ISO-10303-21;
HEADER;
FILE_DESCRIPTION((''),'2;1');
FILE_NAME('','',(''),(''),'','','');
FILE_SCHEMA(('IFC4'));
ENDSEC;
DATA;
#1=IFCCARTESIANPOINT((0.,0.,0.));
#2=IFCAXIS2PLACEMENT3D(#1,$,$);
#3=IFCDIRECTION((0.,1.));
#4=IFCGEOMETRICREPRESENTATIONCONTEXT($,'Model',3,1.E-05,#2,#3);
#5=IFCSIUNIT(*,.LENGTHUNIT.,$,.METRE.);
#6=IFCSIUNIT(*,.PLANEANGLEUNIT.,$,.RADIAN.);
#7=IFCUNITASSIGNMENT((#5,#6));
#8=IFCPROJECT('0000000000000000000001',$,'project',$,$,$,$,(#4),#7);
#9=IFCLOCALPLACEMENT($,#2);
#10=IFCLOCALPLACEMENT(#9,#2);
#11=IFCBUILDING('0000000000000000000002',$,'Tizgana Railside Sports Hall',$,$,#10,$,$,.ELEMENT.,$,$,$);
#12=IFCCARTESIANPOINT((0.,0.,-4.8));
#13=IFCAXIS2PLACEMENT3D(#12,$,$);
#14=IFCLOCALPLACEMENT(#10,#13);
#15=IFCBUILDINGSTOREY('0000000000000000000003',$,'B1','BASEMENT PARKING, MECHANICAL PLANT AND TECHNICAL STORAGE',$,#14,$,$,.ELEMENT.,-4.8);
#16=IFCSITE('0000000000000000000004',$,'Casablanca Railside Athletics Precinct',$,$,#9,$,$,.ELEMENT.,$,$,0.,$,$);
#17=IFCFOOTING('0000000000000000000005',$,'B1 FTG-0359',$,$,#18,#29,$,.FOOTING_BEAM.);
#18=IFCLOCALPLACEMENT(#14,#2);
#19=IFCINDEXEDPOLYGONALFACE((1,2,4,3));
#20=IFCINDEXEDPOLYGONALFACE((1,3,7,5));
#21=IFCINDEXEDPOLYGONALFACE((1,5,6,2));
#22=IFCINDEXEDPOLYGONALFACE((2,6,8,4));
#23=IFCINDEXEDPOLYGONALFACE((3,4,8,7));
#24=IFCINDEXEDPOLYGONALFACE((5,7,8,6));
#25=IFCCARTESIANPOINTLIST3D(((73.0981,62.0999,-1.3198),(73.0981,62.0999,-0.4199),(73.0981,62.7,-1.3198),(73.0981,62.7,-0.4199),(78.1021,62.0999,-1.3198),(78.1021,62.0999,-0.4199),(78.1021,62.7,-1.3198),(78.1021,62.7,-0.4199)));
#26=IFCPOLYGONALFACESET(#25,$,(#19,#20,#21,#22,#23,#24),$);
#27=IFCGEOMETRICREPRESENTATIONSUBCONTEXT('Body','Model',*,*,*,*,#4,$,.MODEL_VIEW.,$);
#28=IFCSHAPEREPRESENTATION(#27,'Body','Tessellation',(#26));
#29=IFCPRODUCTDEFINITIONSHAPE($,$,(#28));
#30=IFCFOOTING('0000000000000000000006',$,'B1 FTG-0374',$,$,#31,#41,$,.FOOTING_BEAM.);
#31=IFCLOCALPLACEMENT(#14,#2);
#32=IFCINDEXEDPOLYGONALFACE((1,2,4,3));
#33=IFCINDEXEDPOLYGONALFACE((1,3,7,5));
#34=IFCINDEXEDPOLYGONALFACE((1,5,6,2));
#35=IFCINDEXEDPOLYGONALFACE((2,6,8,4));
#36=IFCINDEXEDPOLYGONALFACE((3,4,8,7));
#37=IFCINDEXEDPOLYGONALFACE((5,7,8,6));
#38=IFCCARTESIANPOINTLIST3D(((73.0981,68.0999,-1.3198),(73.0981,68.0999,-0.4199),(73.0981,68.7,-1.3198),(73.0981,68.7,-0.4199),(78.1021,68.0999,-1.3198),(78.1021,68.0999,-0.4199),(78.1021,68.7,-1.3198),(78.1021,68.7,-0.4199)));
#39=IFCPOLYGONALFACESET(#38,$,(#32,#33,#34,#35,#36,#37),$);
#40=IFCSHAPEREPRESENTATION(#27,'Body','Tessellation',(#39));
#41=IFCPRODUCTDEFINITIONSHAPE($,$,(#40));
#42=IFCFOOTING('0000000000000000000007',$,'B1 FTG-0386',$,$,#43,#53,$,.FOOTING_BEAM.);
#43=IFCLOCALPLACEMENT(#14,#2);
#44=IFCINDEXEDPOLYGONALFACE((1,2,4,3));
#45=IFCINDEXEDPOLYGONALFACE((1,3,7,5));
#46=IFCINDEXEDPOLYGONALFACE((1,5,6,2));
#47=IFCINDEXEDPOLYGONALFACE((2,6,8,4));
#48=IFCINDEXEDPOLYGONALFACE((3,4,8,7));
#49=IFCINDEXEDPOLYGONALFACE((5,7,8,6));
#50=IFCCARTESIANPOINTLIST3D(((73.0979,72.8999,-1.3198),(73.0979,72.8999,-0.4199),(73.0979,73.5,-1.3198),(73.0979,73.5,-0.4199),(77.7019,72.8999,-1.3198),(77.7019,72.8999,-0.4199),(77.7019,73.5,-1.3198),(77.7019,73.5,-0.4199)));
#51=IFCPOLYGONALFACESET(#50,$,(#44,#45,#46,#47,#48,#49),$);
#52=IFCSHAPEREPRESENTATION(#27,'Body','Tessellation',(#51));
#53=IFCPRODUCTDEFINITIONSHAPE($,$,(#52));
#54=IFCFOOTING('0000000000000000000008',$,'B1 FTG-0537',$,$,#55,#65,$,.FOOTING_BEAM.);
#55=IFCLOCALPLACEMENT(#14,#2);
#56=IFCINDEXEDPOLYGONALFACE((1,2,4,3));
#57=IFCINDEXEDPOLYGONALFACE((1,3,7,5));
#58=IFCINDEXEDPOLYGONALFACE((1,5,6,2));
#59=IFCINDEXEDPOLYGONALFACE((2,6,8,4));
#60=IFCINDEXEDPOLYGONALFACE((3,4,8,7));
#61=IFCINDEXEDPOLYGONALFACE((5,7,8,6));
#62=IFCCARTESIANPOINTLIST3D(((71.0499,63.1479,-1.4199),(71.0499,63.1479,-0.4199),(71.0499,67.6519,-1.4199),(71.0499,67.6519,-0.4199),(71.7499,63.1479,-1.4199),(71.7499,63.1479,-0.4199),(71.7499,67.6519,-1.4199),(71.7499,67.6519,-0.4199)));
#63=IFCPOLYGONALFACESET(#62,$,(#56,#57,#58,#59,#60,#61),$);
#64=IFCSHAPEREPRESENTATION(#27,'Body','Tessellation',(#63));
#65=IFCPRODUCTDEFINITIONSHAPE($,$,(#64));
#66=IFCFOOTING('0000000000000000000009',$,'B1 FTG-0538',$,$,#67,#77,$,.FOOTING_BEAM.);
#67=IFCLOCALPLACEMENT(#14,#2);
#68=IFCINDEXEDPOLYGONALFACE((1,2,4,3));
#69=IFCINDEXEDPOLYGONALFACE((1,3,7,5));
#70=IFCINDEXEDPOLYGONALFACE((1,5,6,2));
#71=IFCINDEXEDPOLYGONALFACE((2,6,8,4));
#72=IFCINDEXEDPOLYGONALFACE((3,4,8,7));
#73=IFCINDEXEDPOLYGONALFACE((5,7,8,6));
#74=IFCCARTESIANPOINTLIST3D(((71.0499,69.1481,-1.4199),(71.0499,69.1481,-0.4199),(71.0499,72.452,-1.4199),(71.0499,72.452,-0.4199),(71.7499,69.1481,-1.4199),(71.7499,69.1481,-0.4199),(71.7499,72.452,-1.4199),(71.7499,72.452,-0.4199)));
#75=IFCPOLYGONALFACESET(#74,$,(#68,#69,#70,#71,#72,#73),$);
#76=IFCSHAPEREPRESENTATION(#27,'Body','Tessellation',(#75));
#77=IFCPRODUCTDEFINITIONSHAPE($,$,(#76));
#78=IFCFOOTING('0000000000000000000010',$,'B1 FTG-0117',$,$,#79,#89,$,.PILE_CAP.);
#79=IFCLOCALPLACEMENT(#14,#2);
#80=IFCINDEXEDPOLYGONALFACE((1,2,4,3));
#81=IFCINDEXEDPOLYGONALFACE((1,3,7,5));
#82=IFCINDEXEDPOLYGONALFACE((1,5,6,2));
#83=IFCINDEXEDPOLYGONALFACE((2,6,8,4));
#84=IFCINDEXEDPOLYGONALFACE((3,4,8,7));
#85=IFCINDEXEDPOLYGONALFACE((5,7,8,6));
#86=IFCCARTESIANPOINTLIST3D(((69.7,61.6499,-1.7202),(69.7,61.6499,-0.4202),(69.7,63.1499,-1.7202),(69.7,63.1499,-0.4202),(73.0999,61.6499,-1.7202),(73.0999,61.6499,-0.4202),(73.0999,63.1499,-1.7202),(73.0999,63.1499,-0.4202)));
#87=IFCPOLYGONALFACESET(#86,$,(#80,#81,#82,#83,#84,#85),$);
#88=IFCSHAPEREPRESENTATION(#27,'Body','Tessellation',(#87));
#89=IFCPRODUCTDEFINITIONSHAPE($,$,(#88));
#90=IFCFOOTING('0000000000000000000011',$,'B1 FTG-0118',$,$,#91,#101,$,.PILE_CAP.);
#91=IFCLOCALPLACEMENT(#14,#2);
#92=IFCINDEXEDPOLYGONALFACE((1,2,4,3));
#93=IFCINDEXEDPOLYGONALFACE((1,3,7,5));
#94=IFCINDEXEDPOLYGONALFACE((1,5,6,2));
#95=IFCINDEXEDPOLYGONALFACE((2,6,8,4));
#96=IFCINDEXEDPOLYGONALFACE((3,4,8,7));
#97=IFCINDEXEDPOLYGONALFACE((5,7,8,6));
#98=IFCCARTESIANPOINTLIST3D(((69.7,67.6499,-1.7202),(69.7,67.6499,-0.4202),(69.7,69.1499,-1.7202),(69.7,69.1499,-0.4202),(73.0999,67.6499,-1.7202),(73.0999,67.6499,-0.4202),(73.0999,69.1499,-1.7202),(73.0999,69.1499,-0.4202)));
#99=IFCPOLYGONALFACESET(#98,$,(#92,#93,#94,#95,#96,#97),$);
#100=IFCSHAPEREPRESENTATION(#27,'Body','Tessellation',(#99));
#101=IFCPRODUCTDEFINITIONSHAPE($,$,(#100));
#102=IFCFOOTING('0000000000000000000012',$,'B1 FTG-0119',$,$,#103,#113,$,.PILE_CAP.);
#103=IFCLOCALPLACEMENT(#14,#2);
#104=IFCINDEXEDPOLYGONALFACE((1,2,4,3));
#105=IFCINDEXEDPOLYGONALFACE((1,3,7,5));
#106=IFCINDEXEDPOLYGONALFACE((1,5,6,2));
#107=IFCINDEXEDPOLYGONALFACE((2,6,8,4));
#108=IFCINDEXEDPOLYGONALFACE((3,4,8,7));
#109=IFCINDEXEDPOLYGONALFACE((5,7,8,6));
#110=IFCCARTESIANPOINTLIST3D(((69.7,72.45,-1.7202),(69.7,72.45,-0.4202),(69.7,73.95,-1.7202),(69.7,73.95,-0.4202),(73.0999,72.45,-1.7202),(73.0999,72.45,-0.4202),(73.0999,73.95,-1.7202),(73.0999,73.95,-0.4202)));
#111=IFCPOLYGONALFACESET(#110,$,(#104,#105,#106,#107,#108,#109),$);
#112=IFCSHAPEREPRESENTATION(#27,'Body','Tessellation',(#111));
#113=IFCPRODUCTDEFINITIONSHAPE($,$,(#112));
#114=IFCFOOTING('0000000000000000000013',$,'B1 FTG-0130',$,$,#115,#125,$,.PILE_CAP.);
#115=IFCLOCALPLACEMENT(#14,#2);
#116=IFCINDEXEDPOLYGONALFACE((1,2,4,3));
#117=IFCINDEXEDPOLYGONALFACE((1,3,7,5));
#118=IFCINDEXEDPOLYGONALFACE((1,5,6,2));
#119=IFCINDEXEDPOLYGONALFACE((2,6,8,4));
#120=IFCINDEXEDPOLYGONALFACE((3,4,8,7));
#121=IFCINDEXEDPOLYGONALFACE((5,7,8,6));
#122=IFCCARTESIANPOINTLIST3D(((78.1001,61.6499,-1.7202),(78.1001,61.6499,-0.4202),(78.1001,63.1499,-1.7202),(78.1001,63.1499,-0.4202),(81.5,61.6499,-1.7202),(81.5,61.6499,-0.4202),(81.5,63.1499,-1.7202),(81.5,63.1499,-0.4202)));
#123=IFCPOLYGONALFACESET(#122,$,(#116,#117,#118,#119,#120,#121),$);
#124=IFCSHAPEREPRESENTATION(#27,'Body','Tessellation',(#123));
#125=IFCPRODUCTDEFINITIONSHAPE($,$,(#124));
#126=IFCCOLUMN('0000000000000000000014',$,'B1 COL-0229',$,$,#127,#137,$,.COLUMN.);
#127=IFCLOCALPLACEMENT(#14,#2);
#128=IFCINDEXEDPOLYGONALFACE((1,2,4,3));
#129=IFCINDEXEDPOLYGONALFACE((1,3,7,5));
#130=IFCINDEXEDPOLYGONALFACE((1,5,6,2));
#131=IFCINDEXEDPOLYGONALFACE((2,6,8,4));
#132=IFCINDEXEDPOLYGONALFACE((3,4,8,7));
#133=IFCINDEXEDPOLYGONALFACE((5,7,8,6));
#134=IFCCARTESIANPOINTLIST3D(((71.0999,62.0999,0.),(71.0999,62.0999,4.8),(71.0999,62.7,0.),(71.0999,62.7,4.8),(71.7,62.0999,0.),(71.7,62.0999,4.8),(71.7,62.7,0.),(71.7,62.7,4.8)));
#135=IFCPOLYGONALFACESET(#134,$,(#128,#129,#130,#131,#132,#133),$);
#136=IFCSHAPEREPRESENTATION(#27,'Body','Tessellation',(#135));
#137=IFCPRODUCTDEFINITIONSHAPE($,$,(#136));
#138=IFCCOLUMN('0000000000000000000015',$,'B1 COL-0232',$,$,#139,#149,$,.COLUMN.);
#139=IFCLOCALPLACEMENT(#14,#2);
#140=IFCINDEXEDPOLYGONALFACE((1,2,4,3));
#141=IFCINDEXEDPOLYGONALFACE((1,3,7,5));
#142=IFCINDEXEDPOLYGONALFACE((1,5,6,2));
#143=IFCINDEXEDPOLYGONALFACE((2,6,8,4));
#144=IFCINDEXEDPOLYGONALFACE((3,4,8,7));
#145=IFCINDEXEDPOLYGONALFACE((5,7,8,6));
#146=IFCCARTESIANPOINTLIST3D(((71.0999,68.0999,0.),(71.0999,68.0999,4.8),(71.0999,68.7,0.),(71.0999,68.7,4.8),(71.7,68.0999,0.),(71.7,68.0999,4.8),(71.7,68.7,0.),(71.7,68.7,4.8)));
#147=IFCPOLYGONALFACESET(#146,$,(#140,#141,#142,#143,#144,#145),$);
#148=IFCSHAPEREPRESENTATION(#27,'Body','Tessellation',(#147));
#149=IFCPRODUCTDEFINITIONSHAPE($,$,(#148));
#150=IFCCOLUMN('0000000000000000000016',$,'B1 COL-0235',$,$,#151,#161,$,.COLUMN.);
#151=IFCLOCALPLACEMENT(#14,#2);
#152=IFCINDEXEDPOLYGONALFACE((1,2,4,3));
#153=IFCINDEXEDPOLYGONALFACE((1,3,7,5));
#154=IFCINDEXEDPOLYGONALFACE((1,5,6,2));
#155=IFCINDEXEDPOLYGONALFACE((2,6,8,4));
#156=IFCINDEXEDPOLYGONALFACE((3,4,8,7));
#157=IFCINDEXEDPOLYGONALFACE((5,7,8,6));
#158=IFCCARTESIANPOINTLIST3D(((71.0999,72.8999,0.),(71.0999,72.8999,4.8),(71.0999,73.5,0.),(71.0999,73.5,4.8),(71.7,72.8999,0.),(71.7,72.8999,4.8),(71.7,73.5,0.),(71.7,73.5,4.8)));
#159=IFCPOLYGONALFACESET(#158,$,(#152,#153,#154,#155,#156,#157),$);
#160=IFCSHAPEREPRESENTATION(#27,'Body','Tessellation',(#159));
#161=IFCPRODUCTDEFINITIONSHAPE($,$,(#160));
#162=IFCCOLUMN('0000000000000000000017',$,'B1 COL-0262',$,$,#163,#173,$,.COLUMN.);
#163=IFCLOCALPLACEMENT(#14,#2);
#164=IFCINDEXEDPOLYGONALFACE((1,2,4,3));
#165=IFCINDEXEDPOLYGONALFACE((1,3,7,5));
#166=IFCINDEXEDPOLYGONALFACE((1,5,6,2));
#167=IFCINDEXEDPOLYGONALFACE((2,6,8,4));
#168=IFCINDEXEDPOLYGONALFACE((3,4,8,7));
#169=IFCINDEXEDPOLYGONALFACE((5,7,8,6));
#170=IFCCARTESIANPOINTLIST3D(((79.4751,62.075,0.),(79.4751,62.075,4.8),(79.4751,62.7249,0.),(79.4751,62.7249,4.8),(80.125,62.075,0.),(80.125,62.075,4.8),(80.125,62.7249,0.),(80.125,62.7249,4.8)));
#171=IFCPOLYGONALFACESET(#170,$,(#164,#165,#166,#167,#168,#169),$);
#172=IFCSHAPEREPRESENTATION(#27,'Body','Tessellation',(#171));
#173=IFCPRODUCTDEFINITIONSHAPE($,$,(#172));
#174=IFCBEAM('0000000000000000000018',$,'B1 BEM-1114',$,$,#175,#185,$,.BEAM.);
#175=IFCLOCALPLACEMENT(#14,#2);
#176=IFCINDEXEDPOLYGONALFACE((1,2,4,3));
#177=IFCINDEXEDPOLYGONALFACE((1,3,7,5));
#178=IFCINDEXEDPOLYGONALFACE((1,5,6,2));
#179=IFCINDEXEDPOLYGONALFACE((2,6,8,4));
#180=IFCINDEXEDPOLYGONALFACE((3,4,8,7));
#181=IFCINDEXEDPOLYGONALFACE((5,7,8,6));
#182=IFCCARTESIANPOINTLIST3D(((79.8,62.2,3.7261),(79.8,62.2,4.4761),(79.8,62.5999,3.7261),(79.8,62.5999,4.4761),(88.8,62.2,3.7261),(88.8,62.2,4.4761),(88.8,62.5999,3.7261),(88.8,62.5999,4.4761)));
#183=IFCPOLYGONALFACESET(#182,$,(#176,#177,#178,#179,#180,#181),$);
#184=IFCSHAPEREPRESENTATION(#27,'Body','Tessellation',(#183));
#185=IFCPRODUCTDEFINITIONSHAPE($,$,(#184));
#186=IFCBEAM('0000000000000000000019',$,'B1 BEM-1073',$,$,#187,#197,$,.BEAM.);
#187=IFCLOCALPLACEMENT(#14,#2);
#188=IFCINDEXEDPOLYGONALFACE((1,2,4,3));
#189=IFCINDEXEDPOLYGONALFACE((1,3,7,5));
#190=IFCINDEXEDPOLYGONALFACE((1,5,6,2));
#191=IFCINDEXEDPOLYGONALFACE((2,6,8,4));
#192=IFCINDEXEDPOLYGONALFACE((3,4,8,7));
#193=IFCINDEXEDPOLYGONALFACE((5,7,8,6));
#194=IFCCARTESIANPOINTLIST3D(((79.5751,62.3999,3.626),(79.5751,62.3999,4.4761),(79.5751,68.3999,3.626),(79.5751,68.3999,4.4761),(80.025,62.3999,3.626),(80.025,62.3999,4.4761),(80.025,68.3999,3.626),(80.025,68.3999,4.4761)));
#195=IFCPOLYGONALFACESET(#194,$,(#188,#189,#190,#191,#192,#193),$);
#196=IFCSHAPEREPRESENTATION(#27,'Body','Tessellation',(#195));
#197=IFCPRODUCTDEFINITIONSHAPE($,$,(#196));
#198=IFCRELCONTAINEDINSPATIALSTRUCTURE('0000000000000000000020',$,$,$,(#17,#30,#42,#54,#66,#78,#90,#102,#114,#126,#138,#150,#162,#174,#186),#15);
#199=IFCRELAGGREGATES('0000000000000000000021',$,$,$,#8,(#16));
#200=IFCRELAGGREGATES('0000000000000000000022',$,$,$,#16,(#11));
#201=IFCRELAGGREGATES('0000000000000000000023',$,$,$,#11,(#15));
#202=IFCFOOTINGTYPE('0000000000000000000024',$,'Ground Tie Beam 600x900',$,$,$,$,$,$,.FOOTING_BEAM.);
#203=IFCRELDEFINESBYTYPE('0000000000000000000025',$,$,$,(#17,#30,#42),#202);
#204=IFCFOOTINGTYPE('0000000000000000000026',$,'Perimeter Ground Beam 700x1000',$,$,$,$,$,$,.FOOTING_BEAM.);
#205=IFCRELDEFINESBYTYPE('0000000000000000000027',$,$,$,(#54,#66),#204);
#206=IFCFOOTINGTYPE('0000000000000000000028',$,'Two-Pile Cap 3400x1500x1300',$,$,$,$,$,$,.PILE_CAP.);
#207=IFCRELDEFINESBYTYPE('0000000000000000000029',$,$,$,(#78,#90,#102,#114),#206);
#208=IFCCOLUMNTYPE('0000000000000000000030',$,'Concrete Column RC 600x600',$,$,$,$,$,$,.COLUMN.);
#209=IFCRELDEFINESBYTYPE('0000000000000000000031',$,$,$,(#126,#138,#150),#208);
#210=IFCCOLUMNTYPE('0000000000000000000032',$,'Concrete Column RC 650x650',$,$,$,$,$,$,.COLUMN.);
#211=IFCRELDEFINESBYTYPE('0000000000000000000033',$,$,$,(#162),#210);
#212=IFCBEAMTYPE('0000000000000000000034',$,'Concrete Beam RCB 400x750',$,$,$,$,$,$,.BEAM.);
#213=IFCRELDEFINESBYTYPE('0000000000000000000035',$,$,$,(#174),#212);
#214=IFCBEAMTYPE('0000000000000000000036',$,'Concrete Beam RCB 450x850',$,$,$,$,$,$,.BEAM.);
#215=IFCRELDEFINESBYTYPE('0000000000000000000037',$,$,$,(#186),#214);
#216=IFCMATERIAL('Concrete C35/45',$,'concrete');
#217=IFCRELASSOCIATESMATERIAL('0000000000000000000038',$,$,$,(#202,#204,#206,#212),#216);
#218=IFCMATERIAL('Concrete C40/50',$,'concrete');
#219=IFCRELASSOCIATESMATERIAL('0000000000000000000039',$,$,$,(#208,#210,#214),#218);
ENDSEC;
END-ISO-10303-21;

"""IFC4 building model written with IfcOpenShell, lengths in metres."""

from ifc_helpers import new_model, si_unit, direction, frame, origin, origin_2d, place, context, subcontext, project, spatial, rectangle, extrude, material, material_profile, profile_set, type_object, element, save


model = new_model("IFC4")

# Units and contexts
model_context = context("Model", 3, precision=1e-05, world=origin(), true_north=direction((0.0, 1.0)))
body_context = subcontext(model_context, "Body", "Model", "MODEL_VIEW")
ifc_project = project(units=[si_unit("LENGTHUNIT", "METRE"), si_unit("PLANEANGLEUNIT", "RADIAN")], contexts=[model_context])

# Site, building, storey
site_placement = place(None, origin())
site = spatial("IfcSite", under=ifc_project, at=site_placement, Name="Casablanca Railside Athletics Precinct", CompositionType="ELEMENT", RefElevation=0.0)
building_placement = place(site_placement, origin())
building = spatial("IfcBuilding", under=site, at=building_placement, Name="Tizgana Railside Sports Hall", CompositionType="ELEMENT")
storey_placement = place(building_placement, frame((0.0, 0.0, -4.8)))
storey = spatial("IfcBuildingStorey", under=building, at=storey_placement, Name="B1", Description="BASEMENT PARKING, MECHANICAL PLANT AND TECHNICAL STORAGE", CompositionType="ELEMENT", Elevation=-4.8)

# Shared definitions
ifc_material_1 = material(Name="Concrete C35/45", Category="concrete")

# Footings
footing_type_1 = type_object("IfcFootingType", Name="Ground Tie Beam 600x900", PredefinedType="FOOTING_BEAM", material=ifc_material_1)
for number, where, z_axis, x_axis, name in (
    (1, (75.6001, 62.3999, -1.3198), (0.0, 0.0, 1.0), (1.0, 0.0, 0.0), "B1 FTG-0359"),
    (2, (75.6001, 68.3999, -1.3198), (0.0, 0.0, 1.0), (1.0, 0.0, 0.0), "B1 FTG-0374"),
):
    element("IfcFooting", number, at=place(storey_placement, frame(where, z_axis=z_axis, x_axis=x_axis)), inside=storey, type_object=footing_type_1, Name=name, PredefinedType="FOOTING_BEAM", context=body_context, shape_type="SweptSolid", body=[
        extrude(rectangle(XDim=5.0039, YDim=0.6001, at=origin_2d()), origin(), (0.0, 0.0, 1.0), 0.8999),
    ])
footing_1_placement = place(storey_placement, frame((75.3999, 73.2, -1.3198), z_axis=(0.0, 0.0, 1.0), x_axis=(1.0, 0.0, 0.0)))
element("IfcFooting", 3, at=footing_1_placement, inside=storey, type_object=footing_type_1, Name="B1 FTG-0386", PredefinedType="FOOTING_BEAM", context=body_context, shape_type="SweptSolid", body=[
    extrude(rectangle(XDim=4.604, YDim=0.6001, at=origin_2d()), origin(), (0.0, 0.0, 1.0), 0.8999),
])
footing_type_2 = type_object("IfcFootingType", Name="Perimeter Ground Beam 700x1000", PredefinedType="FOOTING_BEAM", material=ifc_material_1)
footing_2_placement = place(storey_placement, frame((71.3999, 65.3999, -1.4199), z_axis=(0.0, 0.0, 1.0), x_axis=(0.0, 1.0, 0.0)))
element("IfcFooting", 4, at=footing_2_placement, inside=storey, type_object=footing_type_2, Name="B1 FTG-0537", PredefinedType="FOOTING_BEAM", context=body_context, shape_type="SweptSolid", body=[
    extrude(rectangle(XDim=4.5039, YDim=0.7, at=origin_2d()), origin(), (0.0, 0.0, 1.0), 1.0),
])
footing_3_placement = place(storey_placement, frame((71.3999, 70.8, -1.4199), z_axis=(0.0, 0.0, 1.0), x_axis=(0.0, 1.0, 0.0)))
element("IfcFooting", 5, at=footing_3_placement, inside=storey, type_object=footing_type_2, Name="B1 FTG-0538", PredefinedType="FOOTING_BEAM", context=body_context, shape_type="SweptSolid", body=[
    extrude(rectangle(XDim=3.304, YDim=0.7, at=origin_2d()), origin(), (0.0, 0.0, 1.0), 1.0),
])
footing_type_3 = type_object("IfcFootingType", Name="Two-Pile Cap 3400x1500x1300", PredefinedType="PILE_CAP", material=ifc_material_1)
for number, where, z_axis, x_axis, name in (
    (6, (71.3999, 62.3999, -1.7202), (0.0, 0.0, 1.0), (1.0, 0.0, 0.0), "B1 FTG-0117"),
    (7, (71.3999, 68.3999, -1.7202), (0.0, 0.0, 1.0), (1.0, 0.0, 0.0), "B1 FTG-0118"),
    (8, (71.3999, 73.2, -1.7202), (0.0, 0.0, 1.0), (1.0, 0.0, 0.0), "B1 FTG-0119"),
    (9, (79.8, 62.3999, -1.7202), (0.0, 0.0, 1.0), (1.0, 0.0, 0.0), "B1 FTG-0130"),
):
    element("IfcFooting", number, at=place(storey_placement, frame(where, z_axis=z_axis, x_axis=x_axis)), inside=storey, type_object=footing_type_3, Name=name, PredefinedType="PILE_CAP", context=body_context, shape_type="SweptSolid", body=[
        extrude(rectangle(XDim=3.3999, YDim=1.5, at=origin_2d()), origin(), (0.0, 0.0, 1.0), 1.3),
    ])

# Columns
ifc_material_2 = material(Name="Concrete C40/50", Category="concrete")
ifc_material_profile_1 = material_profile(ifc_material_2, rectangle(XDim=0.6001, YDim=0.6001, at=origin_2d()), Name="RC 600x600")
ifc_profile_set_1 = profile_set([ifc_material_profile_1], Name="Concrete C40/50")
column_type_1 = type_object("IfcColumnType", Name="Concrete Column RC 600x600", PredefinedType="COLUMN", material=ifc_profile_set_1)
for number, where, z_axis, x_axis, name in (
    (10, (71.3999, 62.3999, 0.0), (0.0, 0.0, 1.0), (1.0, 0.0, 0.0), "B1 COL-0229"),
    (11, (71.3999, 68.3999, 0.0), (0.0, 0.0, 1.0), (1.0, 0.0, 0.0), "B1 COL-0232"),
    (12, (71.3999, 73.2, 0.0), (0.0, 0.0, 1.0), (1.0, 0.0, 0.0), "B1 COL-0235"),
):
    element("IfcColumn", number, at=place(storey_placement, frame(where, z_axis=z_axis, x_axis=x_axis)), inside=storey, type_object=column_type_1, Name=name, PredefinedType="COLUMN", context=body_context, shape_type="SweptSolid", body=[
        extrude(rectangle(XDim=0.6001, YDim=0.6001, at=origin_2d()), origin(), (0.0, 0.0, 1.0), 4.8),
    ])
ifc_material_profile_2 = material_profile(ifc_material_2, rectangle(XDim=0.6499, YDim=0.6499, at=origin_2d()), Name="RC 650x650")
ifc_profile_set_2 = profile_set([ifc_material_profile_2], Name="Concrete C40/50")
column_type_2 = type_object("IfcColumnType", Name="Concrete Column RC 650x650", PredefinedType="COLUMN", material=ifc_profile_set_2)
column_placement = place(storey_placement, frame((79.8, 62.3999, 0.0), z_axis=(0.0, 0.0, 1.0), x_axis=(1.0, 0.0, 0.0)))
element("IfcColumn", 13, at=column_placement, inside=storey, type_object=column_type_2, Name="B1 COL-0262", PredefinedType="COLUMN", context=body_context, shape_type="SweptSolid", body=[
    extrude(rectangle(XDim=0.6499, YDim=0.6499, at=origin_2d()), origin(), (0.0, 0.0, 1.0), 4.8),
])

# Beams
ifc_material_profile_3 = material_profile(ifc_material_1, rectangle(XDim=0.3999, YDim=0.75, at=origin_2d()), Name="RCB 400x750")
ifc_profile_set_3 = profile_set([ifc_material_profile_3], Name="Concrete C35/45")
beam_type_1 = type_object("IfcBeamType", Name="Concrete Beam RCB 400x750", PredefinedType="BEAM", material=ifc_profile_set_3)
beam_1_placement = place(storey_placement, frame((79.8, 62.3999, 4.1011), z_axis=(1.0, 0.0, 0.0), x_axis=(0.0, 1.0, 0.0)))
element("IfcBeam", 14, at=beam_1_placement, inside=storey, type_object=beam_type_1, Name="B1 BEM-1114", PredefinedType="BEAM", context=body_context, shape_type="SweptSolid", body=[
    extrude(rectangle(XDim=0.3999, YDim=0.75, at=origin_2d()), origin(), (0.0, 0.0, 1.0), 9.0),
])
ifc_material_profile_4 = material_profile(ifc_material_2, rectangle(XDim=0.45, YDim=0.8501, at=origin_2d()), Name="RCB 450x850")
ifc_profile_set_4 = profile_set([ifc_material_profile_4], Name="Concrete C40/50")
beam_type_2 = type_object("IfcBeamType", Name="Concrete Beam RCB 450x850", PredefinedType="BEAM", material=ifc_profile_set_4)
beam_2_placement = place(storey_placement, frame((79.8, 62.3999, 4.051), z_axis=(0.0, 1.0, 0.0), x_axis=(-1.0, 0.0, 0.0)))
element("IfcBeam", 15, at=beam_2_placement, inside=storey, type_object=beam_type_2, Name="B1 BEM-1073", PredefinedType="BEAM", context=body_context, shape_type="SweptSolid", body=[
    extrude(rectangle(XDim=0.45, YDim=0.8501, at=origin_2d()), origin(), (0.0, 0.0, 1.0), 6.0),
])

save(model, "model.ifc")
